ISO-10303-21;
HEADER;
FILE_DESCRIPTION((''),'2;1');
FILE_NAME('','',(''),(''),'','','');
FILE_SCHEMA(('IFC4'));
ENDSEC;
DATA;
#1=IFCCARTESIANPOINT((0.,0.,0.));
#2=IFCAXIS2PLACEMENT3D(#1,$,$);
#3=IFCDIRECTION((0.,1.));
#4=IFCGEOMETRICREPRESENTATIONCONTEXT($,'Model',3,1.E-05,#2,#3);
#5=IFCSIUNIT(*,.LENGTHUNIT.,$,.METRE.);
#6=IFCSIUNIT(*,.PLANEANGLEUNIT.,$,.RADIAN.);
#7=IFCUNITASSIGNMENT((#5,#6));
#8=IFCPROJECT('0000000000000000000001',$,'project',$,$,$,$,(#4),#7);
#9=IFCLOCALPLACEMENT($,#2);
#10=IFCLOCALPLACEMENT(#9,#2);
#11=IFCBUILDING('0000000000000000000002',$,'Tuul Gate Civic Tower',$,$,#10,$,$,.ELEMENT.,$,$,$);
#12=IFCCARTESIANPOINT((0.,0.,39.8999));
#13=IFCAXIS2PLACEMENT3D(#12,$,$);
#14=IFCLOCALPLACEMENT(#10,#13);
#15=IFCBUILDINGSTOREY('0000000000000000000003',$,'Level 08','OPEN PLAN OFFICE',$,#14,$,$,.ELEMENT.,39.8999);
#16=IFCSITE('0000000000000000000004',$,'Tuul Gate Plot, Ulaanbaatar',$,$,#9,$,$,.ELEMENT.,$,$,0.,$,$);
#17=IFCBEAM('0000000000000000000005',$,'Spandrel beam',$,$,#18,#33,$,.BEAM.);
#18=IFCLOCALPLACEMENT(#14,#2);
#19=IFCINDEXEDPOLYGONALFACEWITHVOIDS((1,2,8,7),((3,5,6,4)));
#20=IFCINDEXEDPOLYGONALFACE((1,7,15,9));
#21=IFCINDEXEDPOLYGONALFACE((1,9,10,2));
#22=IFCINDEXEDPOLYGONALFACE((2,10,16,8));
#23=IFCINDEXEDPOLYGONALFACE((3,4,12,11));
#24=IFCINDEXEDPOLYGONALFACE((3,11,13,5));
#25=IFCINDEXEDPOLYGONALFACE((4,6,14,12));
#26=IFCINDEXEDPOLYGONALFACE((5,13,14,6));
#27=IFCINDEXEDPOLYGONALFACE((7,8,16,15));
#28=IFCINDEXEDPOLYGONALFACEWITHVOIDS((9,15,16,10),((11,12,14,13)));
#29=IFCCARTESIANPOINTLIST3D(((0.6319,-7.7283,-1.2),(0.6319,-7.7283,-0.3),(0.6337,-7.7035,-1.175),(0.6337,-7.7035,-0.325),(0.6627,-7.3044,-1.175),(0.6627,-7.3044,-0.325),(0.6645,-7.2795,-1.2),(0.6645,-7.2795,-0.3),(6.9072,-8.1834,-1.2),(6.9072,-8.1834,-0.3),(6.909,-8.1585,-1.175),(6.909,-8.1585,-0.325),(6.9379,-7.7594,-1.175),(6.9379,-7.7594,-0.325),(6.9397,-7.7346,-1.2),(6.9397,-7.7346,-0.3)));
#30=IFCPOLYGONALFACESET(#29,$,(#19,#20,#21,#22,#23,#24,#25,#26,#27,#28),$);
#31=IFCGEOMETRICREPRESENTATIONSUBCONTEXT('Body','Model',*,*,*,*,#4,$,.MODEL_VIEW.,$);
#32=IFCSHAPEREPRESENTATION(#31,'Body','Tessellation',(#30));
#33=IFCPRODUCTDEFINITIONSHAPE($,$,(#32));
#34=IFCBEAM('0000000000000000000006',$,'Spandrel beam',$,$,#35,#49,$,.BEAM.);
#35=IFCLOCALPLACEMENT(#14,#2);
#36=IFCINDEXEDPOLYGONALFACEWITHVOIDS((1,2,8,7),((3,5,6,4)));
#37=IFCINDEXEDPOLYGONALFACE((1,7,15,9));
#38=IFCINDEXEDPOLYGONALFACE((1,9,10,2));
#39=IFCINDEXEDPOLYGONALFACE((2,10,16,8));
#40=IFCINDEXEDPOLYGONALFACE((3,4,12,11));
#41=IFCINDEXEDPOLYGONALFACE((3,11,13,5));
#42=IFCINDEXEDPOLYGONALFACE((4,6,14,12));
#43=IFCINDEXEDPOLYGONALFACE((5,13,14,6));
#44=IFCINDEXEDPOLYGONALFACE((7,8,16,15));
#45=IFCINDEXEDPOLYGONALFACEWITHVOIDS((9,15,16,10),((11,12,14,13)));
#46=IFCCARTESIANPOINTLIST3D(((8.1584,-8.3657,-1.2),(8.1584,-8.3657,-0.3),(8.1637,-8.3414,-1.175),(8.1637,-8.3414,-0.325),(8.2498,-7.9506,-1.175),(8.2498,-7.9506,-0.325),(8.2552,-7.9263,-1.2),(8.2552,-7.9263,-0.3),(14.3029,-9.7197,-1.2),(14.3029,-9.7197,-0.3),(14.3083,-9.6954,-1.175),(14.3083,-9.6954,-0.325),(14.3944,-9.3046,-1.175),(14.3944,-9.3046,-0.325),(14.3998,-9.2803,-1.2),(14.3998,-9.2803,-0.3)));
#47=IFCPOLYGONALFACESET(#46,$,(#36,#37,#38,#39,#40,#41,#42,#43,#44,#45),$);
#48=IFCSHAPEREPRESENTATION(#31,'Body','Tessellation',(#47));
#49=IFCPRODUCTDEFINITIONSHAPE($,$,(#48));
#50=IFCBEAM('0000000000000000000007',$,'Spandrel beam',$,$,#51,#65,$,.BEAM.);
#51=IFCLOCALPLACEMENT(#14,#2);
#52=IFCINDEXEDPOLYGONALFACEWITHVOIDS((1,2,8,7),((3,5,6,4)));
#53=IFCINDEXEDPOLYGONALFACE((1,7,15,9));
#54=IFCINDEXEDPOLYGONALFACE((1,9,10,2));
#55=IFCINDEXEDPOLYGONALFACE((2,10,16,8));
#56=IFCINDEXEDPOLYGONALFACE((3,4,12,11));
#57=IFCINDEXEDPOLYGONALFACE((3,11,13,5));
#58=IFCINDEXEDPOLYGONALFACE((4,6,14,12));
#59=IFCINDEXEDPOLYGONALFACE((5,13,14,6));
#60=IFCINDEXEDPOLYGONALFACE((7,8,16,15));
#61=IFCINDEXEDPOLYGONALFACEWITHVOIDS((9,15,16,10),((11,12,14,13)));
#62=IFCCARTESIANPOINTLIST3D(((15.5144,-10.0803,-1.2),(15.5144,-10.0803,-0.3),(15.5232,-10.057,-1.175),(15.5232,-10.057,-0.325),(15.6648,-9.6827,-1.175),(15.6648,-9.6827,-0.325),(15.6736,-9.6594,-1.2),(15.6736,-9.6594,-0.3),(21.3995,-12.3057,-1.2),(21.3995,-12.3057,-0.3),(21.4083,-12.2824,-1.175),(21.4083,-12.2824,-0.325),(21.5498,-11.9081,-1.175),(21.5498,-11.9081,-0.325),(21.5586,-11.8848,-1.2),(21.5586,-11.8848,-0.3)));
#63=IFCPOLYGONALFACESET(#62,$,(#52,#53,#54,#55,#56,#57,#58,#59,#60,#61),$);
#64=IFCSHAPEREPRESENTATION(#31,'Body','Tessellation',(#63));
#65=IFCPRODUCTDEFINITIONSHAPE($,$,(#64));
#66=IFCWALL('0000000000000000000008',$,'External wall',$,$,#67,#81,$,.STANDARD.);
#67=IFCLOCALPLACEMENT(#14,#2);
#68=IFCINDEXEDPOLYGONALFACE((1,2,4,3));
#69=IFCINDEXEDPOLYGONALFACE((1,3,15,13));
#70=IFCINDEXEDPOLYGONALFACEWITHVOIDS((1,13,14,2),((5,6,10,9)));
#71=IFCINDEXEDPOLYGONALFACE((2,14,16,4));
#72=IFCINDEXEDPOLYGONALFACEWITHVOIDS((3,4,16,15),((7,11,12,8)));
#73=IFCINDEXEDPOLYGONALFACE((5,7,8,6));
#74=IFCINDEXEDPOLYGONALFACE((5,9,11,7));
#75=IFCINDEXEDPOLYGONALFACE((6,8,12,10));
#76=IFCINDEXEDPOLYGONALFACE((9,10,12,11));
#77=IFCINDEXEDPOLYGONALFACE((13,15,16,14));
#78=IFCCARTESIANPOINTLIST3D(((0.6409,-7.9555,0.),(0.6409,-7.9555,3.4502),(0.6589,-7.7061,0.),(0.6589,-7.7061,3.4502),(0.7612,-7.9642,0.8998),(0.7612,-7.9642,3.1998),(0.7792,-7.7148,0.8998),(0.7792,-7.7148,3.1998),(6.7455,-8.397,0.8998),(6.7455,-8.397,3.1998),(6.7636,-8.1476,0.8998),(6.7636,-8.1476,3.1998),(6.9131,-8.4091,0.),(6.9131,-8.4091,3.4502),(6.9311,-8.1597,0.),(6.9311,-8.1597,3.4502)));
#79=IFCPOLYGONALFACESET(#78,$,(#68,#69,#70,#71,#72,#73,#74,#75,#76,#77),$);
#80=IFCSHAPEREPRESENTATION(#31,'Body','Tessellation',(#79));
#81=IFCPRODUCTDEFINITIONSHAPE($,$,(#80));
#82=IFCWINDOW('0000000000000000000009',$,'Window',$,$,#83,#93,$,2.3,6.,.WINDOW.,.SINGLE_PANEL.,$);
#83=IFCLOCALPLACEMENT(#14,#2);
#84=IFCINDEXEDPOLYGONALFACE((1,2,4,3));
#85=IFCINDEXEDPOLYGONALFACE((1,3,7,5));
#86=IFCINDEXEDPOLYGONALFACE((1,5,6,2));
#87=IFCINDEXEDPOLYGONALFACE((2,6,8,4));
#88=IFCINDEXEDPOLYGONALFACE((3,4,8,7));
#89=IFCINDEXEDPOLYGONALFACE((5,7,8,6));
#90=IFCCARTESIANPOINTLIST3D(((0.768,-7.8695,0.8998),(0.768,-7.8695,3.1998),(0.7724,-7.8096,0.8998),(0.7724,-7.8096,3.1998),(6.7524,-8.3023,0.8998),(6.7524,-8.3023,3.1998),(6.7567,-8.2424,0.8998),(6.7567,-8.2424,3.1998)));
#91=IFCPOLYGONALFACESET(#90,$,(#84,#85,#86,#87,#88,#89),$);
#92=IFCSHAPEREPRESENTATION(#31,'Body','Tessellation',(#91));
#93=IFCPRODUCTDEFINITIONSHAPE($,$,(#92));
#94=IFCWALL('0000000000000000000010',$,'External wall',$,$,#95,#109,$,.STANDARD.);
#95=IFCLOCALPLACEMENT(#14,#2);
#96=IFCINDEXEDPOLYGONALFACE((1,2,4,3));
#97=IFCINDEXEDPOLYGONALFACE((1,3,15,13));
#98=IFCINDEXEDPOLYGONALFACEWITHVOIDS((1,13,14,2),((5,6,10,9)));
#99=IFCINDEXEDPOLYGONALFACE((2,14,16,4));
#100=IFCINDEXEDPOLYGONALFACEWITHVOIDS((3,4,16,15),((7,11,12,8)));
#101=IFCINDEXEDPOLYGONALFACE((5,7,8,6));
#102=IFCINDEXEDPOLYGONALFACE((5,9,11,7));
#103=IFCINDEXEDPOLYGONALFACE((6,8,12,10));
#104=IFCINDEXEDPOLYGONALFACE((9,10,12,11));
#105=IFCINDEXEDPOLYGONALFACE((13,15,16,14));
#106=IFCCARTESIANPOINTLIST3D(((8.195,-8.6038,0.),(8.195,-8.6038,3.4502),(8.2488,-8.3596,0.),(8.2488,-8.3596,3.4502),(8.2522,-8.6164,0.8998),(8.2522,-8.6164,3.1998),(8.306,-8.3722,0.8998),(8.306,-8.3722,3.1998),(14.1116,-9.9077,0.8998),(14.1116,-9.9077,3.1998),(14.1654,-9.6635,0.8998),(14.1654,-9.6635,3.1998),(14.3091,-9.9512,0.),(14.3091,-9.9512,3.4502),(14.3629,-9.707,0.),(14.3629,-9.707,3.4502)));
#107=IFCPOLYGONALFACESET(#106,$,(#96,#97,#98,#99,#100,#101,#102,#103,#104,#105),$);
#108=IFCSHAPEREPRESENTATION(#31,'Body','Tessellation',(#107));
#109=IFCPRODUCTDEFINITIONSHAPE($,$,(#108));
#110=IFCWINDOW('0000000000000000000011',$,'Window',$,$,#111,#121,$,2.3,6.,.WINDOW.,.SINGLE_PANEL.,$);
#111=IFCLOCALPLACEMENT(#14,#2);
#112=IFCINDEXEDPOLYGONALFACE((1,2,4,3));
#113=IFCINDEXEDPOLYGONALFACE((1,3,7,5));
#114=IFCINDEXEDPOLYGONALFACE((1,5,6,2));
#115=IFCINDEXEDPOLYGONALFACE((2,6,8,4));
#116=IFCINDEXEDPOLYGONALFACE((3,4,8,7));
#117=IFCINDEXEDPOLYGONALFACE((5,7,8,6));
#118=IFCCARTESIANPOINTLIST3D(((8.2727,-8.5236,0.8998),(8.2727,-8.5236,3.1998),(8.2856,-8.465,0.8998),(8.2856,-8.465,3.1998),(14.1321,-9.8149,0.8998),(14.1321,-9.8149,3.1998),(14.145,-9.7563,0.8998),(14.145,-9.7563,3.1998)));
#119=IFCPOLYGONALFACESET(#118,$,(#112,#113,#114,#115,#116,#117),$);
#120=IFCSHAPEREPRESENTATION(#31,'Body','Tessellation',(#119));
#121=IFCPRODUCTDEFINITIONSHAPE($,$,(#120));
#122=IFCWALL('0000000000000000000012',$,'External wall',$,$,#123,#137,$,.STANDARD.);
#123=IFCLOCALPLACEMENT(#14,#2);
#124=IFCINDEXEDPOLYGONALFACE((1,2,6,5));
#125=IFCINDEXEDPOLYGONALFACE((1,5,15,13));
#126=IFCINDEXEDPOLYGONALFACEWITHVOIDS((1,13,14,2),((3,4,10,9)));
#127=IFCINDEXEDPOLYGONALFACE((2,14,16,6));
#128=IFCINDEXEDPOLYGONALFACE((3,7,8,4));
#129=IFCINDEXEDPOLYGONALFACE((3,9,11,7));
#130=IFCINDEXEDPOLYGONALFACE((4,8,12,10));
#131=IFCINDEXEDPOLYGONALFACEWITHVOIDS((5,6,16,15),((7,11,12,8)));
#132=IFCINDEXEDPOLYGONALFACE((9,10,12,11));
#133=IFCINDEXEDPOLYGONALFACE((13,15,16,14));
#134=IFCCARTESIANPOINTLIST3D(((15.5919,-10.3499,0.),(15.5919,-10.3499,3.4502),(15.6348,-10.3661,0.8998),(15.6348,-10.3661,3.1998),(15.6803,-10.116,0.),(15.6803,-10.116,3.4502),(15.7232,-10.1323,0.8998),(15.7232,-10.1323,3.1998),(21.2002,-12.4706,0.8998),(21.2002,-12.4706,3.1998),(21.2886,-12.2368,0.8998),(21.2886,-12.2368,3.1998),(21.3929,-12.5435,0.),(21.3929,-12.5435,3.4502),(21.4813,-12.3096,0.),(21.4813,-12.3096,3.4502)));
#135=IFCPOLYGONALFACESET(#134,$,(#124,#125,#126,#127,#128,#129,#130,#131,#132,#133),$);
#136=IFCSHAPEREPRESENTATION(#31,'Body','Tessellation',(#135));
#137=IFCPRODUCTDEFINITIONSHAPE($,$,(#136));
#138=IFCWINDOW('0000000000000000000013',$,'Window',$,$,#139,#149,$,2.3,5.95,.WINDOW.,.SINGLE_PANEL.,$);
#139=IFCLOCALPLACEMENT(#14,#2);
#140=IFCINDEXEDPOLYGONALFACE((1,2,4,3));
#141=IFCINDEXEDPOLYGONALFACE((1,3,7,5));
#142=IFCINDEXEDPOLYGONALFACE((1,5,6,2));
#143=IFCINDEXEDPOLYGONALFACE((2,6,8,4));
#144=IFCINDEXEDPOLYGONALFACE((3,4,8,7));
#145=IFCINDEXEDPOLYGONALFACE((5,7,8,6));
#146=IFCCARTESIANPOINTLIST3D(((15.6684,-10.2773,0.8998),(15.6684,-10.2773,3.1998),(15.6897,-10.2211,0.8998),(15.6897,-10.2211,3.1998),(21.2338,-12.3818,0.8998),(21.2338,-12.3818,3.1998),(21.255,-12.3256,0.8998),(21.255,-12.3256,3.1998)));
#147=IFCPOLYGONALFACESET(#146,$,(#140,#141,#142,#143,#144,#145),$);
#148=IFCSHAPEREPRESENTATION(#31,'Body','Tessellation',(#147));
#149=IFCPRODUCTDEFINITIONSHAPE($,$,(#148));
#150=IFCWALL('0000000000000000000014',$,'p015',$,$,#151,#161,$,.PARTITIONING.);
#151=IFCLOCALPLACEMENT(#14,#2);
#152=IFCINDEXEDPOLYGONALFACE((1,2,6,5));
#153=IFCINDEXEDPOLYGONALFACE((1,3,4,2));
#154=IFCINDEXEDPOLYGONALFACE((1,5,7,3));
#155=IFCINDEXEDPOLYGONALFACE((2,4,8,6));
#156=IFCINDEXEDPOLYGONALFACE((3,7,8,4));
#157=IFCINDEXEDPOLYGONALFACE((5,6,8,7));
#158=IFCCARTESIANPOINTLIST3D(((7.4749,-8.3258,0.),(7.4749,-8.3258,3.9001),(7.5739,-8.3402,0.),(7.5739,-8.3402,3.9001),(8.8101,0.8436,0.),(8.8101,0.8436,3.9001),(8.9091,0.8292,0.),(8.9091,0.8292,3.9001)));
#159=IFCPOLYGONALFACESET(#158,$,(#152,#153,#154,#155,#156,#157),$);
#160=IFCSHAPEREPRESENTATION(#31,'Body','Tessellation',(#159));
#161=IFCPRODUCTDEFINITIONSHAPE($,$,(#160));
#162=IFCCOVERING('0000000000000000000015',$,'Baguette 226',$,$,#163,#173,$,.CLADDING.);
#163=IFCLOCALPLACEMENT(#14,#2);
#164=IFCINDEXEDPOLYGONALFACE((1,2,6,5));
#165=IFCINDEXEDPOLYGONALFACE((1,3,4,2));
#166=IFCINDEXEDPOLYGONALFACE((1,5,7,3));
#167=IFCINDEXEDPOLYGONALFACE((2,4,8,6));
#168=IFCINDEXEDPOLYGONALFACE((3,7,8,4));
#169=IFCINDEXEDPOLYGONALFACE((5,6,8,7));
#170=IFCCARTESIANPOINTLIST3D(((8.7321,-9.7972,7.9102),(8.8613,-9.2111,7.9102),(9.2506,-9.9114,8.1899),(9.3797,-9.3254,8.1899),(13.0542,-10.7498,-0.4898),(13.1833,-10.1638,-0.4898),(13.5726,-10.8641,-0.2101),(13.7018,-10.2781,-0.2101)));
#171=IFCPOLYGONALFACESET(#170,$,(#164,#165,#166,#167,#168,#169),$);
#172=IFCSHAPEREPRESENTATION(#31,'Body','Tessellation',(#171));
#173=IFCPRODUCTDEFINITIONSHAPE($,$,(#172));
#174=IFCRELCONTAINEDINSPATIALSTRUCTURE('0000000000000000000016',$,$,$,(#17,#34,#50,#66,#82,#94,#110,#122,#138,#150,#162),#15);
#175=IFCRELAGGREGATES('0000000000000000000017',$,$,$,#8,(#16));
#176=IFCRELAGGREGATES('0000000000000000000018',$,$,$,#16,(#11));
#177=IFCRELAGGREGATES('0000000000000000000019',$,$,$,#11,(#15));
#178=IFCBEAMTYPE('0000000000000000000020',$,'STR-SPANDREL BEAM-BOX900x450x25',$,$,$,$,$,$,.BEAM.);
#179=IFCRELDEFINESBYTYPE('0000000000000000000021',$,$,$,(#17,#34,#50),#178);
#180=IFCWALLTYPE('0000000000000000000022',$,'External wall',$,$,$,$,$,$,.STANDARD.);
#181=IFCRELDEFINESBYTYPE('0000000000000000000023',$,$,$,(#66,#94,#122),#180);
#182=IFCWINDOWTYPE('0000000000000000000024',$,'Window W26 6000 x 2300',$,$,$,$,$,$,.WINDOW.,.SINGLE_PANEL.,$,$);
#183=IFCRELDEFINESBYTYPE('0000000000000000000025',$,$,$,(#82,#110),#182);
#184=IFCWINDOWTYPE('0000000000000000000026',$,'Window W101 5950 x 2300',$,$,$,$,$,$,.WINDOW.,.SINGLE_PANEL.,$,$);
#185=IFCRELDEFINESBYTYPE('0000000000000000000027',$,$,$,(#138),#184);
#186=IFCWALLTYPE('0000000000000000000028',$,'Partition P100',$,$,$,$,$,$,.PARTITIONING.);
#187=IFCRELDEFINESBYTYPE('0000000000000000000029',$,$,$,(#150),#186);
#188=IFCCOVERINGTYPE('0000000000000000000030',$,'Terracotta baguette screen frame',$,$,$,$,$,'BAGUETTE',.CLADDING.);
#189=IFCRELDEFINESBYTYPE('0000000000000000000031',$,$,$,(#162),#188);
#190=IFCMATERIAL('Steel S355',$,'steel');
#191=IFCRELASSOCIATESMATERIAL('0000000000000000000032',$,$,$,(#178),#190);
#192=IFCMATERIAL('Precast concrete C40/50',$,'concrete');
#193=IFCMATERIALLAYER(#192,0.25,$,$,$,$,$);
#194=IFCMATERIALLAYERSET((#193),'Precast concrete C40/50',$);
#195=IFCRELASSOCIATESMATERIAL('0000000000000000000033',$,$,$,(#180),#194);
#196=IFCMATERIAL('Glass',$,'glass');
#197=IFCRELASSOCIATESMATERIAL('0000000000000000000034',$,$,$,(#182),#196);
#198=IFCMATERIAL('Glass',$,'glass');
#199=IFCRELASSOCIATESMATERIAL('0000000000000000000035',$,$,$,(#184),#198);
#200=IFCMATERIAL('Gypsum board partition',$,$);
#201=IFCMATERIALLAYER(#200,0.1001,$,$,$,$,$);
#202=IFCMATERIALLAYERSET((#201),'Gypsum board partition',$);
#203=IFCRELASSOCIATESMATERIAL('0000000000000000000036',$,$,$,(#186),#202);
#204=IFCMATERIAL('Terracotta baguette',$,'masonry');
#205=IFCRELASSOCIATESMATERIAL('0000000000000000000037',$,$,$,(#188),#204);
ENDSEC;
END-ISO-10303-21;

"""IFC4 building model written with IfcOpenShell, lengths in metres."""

from ifc_helpers import new_model, si_unit, direction, frame, frame_2d, origin, origin_2d, place, context, subcontext, project, spatial, rectangle, hollow_rectangle, extrude, material, layer, layer_set, material_profile, profile_set, type_object, element, fill, save


model = new_model("IFC4")

# Units and contexts
model_context = context("Model", 3, precision=1e-05, world=origin(), true_north=direction((0.0, 1.0)))
body_context = subcontext(model_context, "Body", "Model", "MODEL_VIEW")
ifc_project = project(units=[si_unit("LENGTHUNIT", "METRE"), si_unit("PLANEANGLEUNIT", "RADIAN")], contexts=[model_context])

# Site, building, storey
site_placement = place(None, origin())
site = spatial("IfcSite", under=ifc_project, at=site_placement, Name="Tuul Gate Plot, Ulaanbaatar", CompositionType="ELEMENT", RefElevation=0.0)
building_placement = place(site_placement, origin())
building = spatial("IfcBuilding", under=site, at=building_placement, Name="Tuul Gate Civic Tower", CompositionType="ELEMENT")
storey_placement = place(building_placement, frame((0.0, 0.0, 39.8999)))
storey = spatial("IfcBuildingStorey", under=building, at=storey_placement, Name="Level 08", Description="OPEN PLAN OFFICE", CompositionType="ELEMENT", Elevation=39.8999)

# Beams
ifc_material_1 = material(Name="Steel S355", Category="steel")
ifc_material_profile_1 = material_profile(ifc_material_1, hollow_rectangle(XDim=0.45, YDim=0.8999, WallThickness=0.0249, at=origin_2d()), Name="BOX900x450x25")
ifc_profile_set_1 = profile_set([ifc_material_profile_1], Name="Steel S355")
beam_type_1 = type_object("IfcBeamType", Name="STR-SPANDREL BEAM-BOX900x450x25", PredefinedType="BEAM", material=ifc_profile_set_1)
beam_1_placement = place(storey_placement, frame((0.6482, -7.5039, -0.75), z_axis=(0.997381, -0.072328, 0.0), x_axis=(0.072328, 0.997381, 0.0)))
element("IfcBeam", 1, at=beam_1_placement, inside=storey, type_object=beam_type_1, Name="Spandrel beam", PredefinedType="BEAM", context=body_context, shape_type="SweptSolid", body=[
    extrude(hollow_rectangle(XDim=0.45, YDim=0.8999, WallThickness=0.0249, at=origin_2d()), origin(), (0.0, 0.0, 1.0), 6.2917),
])
beam_2_placement = place(storey_placement, frame((8.2068, -8.146, -0.75), z_axis=(0.976571, -0.215196, 0.0), x_axis=(0.215196, 0.976571, 0.0)))
element("IfcBeam", 2, at=beam_2_placement, inside=storey, type_object=beam_type_1, Name="Spandrel beam", PredefinedType="BEAM", context=body_context, shape_type="SweptSolid", body=[
    extrude(hollow_rectangle(XDim=0.45, YDim=0.8999, WallThickness=0.0249, at=origin_2d()), origin(), (0.0, 0.0, 1.0), 6.292),
])
beam_3_placement = place(storey_placement, frame((15.594, -9.8699, -0.75), z_axis=(0.935361, -0.353695, 0.0), x_axis=(0.353695, 0.935361, 0.0)))
element("IfcBeam", 3, at=beam_3_placement, inside=storey, type_object=beam_type_1, Name="Spandrel beam", PredefinedType="BEAM", context=body_context, shape_type="SweptSolid", body=[
    extrude(hollow_rectangle(XDim=0.45, YDim=0.8999, WallThickness=0.0249, at=origin_2d()), origin(), (0.0, 0.0, 1.0), 6.2917),
])

# Walls, openings, windows
ifc_material_2 = material(Name="Precast concrete C40/50", Category="concrete")
ifc_layer_1 = layer(ifc_material_2, 0.25)
ifc_layer_set_1 = layer_set([ifc_layer_1], Name="Precast concrete C40/50")
wall_type_1 = type_object("IfcWallType", Name="External wall", PredefinedType="STANDARD", material=ifc_layer_set_1)
wall_1_placement = place(storey_placement, frame((0.6499, -7.8308, 0.0), z_axis=(0.0, 0.0, 1.0), x_axis=(0.997395, -0.072133, 0.0)))
wall_1 = element("IfcWall", 4, at=wall_1_placement, inside=storey, type_object=wall_type_1, Name="External wall", PredefinedType="STANDARD", context=body_context, shape_type="SweptSolid", body=[
    extrude(rectangle(XDim=6.2886, YDim=0.25, at=frame_2d((3.1443, 0.0))), origin(), (0.0, 0.0, 1.0), 3.4502),
])
opening_1_placement = place(wall_1_placement, frame((0.1206, 0.0, 0.8999)))
opening_1 = element("IfcOpeningElement", 5, at=opening_1_placement, cuts=wall_1, PredefinedType="OPENING", context=body_context, shape_type="SweptSolid", body=[
    extrude(rectangle(XDim=6.0, YDim=2.3, at=frame_2d((3.0, 1.1499))), frame((0.0, 0.135, 0.0), z_axis=(0.0, -1.0, 0.0), x_axis=(1.0, 0.0, 0.0)), (0.0, 0.0, 1.0), 0.27),
])
ifc_material_3 = material(Name="Glass", Category="glass")
window_type_1 = type_object("IfcWindowType", Name="Window W26 6000 x 2300", PartitioningType="SINGLE_PANEL", PredefinedType="WINDOW", material=ifc_material_3)
window_1_placement = place(opening_1_placement, origin())
window_1 = element("IfcWindow", 6, at=window_1_placement, inside=storey, type_object=window_type_1, Name="Window", OverallHeight=2.3, OverallWidth=6.0, PartitioningType="SINGLE_PANEL", PredefinedType="WINDOW", context=body_context, shape_type="SweptSolid", body=[
    extrude(rectangle(XDim=6.0, YDim=2.3, at=frame_2d((3.0, 1.1499))), frame((0.0, 0.03, 0.0), z_axis=(0.0, -1.0, 0.0), x_axis=(1.0, 0.0, 0.0)), (0.0, 0.0, 1.0), 0.0601),
])
fill(opening_1, window_1)
wall_2_placement = place(storey_placement, frame((8.2219, -8.4817, 0.0), z_axis=(0.0, 0.0, 1.0), x_axis=(0.976566, -0.215217, 0.0)))
wall_2 = element("IfcWall", 7, at=wall_2_placement, inside=storey, type_object=wall_type_1, Name="External wall", PredefinedType="STANDARD", context=body_context, shape_type="SweptSolid", body=[
    extrude(rectangle(XDim=6.2607, YDim=0.25, at=frame_2d((3.1304, 0.0))), origin(), (0.0, 0.0, 1.0), 3.4502),
])
opening_2_placement = place(wall_2_placement, frame((0.0586, 0.0, 0.8999)))
opening_2 = element("IfcOpeningElement", 8, at=opening_2_placement, cuts=wall_2, PredefinedType="OPENING", context=body_context, shape_type="SweptSolid", body=[
    extrude(rectangle(XDim=6.0, YDim=2.3, at=frame_2d((3.0, 1.1499))), frame((0.0, 0.135, 0.0), z_axis=(0.0, -1.0, 0.0), x_axis=(1.0, 0.0, 0.0)), (0.0, 0.0, 1.0), 0.27),
])
window_2_placement = place(opening_2_placement, origin())
window_2 = element("IfcWindow", 9, at=window_2_placement, inside=storey, type_object=window_type_1, Name="Window", OverallHeight=2.3, OverallWidth=6.0, PartitioningType="SINGLE_PANEL", PredefinedType="WINDOW", context=body_context, shape_type="SweptSolid", body=[
    extrude(rectangle(XDim=6.0, YDim=2.3, at=frame_2d((3.0, 1.1499))), frame((0.0, 0.03, 0.0), z_axis=(0.0, -1.0, 0.0), x_axis=(1.0, 0.0, 0.0)), (0.0, 0.0, 1.0), 0.0601),
])
fill(opening_2, window_2)
wall_3_placement = place(storey_placement, frame((15.636, -10.2329, 0.0), z_axis=(0.0, 0.0, 1.0), x_axis=(0.93536, -0.353698, 0.0)))
wall_3 = element("IfcWall", 10, at=wall_3_placement, inside=storey, type_object=wall_type_1, Name="External wall", PredefinedType="STANDARD", context=body_context, shape_type="SweptSolid", body=[
    extrude(rectangle(XDim=6.2019, YDim=0.25, at=frame_2d((3.1011, 0.0))), origin(), (0.0, 0.0, 1.0), 3.4502),
])
opening_3_placement = place(wall_3_placement, frame((0.0459, 0.0, 0.8999)))
opening_3 = element("IfcOpeningElement", 11, at=opening_3_placement, cuts=wall_3, PredefinedType="OPENING", context=body_context, shape_type="SweptSolid", body=[
    extrude(rectangle(XDim=5.95, YDim=2.3, at=frame_2d((2.9751, 1.1499))), frame((0.0, 0.135, 0.0), z_axis=(0.0, -1.0, 0.0), x_axis=(1.0, 0.0, 0.0)), (0.0, 0.0, 1.0), 0.27),
])
ifc_material_4 = material(Name="Glass", Category="glass")
window_type_2 = type_object("IfcWindowType", Name="Window W101 5950 x 2300", PartitioningType="SINGLE_PANEL", PredefinedType="WINDOW", material=ifc_material_4)
window_3_placement = place(opening_3_placement, origin())
window_3 = element("IfcWindow", 12, at=window_3_placement, inside=storey, type_object=window_type_2, Name="Window", OverallHeight=2.3, OverallWidth=5.95, PartitioningType="SINGLE_PANEL", PredefinedType="WINDOW", context=body_context, shape_type="SweptSolid", body=[
    extrude(rectangle(XDim=5.95, YDim=2.3, at=frame_2d((2.9751, 1.1499))), frame((0.0, 0.03, 0.0), z_axis=(0.0, -1.0, 0.0), x_axis=(1.0, 0.0, 0.0)), (0.0, 0.0, 1.0), 0.0601),
])
fill(opening_3, window_3)

# Wall
ifc_material_5 = material(Name="Gypsum board partition")
ifc_layer_2 = layer(ifc_material_5, 0.1001)
ifc_layer_set_2 = layer_set([ifc_layer_2], Name="Gypsum board partition")
wall_type_2 = type_object("IfcWallType", Name="Partition P100", PredefinedType="PARTITIONING", material=ifc_layer_set_2)
wall_4_placement = place(storey_placement, frame((7.5244, -8.333, 0.0), z_axis=(0.0, 0.0, 1.0), x_axis=(0.144095, 0.989564, 0.0)))
element("IfcWall", 13, at=wall_4_placement, inside=storey, type_object=wall_type_2, Name="p015", PredefinedType="PARTITIONING", context=body_context, shape_type="SweptSolid", body=[
    extrude(rectangle(XDim=9.2661, YDim=0.1001, at=frame_2d((4.6331, 0.0))), origin(), (0.0, 0.0, 1.0), 3.9001),
])

# Covering
ifc_material_6 = material(Name="Terracotta baguette", Category="masonry")
ifc_material_profile_2 = material_profile(ifc_material_6, rectangle(XDim=0.6001, YDim=0.6001, at=origin_2d()), Name="Terracotta baguette screen frame")
ifc_profile_set_2 = profile_set([ifc_material_profile_2], Name="Terracotta baguette")
covering_type = type_object("IfcCoveringType", Name="Terracotta baguette screen frame", ElementType="BAGUETTE", PredefinedType="CLADDING", material=ifc_profile_set_2)
for number, where, z_axis, x_axis, name in (
    (14, (9.0559, -9.5613, 8.05), (0.455213, -0.100336, -0.884711), (0.215248, 0.976559, 0.0), "Baguette 226"),
):
    element("IfcCovering", number, at=place(storey_placement, frame(where, z_axis=z_axis, x_axis=x_axis)), inside=storey, type_object=covering_type, Name=name, PredefinedType="CLADDING", context=body_context, shape_type="SweptSolid", body=[
        extrude(rectangle(XDim=0.6001, YDim=0.6001, at=origin_2d()), origin(), (0.0, 0.0, 1.0), 9.4946),
    ])

save(model, "model.ifc")
